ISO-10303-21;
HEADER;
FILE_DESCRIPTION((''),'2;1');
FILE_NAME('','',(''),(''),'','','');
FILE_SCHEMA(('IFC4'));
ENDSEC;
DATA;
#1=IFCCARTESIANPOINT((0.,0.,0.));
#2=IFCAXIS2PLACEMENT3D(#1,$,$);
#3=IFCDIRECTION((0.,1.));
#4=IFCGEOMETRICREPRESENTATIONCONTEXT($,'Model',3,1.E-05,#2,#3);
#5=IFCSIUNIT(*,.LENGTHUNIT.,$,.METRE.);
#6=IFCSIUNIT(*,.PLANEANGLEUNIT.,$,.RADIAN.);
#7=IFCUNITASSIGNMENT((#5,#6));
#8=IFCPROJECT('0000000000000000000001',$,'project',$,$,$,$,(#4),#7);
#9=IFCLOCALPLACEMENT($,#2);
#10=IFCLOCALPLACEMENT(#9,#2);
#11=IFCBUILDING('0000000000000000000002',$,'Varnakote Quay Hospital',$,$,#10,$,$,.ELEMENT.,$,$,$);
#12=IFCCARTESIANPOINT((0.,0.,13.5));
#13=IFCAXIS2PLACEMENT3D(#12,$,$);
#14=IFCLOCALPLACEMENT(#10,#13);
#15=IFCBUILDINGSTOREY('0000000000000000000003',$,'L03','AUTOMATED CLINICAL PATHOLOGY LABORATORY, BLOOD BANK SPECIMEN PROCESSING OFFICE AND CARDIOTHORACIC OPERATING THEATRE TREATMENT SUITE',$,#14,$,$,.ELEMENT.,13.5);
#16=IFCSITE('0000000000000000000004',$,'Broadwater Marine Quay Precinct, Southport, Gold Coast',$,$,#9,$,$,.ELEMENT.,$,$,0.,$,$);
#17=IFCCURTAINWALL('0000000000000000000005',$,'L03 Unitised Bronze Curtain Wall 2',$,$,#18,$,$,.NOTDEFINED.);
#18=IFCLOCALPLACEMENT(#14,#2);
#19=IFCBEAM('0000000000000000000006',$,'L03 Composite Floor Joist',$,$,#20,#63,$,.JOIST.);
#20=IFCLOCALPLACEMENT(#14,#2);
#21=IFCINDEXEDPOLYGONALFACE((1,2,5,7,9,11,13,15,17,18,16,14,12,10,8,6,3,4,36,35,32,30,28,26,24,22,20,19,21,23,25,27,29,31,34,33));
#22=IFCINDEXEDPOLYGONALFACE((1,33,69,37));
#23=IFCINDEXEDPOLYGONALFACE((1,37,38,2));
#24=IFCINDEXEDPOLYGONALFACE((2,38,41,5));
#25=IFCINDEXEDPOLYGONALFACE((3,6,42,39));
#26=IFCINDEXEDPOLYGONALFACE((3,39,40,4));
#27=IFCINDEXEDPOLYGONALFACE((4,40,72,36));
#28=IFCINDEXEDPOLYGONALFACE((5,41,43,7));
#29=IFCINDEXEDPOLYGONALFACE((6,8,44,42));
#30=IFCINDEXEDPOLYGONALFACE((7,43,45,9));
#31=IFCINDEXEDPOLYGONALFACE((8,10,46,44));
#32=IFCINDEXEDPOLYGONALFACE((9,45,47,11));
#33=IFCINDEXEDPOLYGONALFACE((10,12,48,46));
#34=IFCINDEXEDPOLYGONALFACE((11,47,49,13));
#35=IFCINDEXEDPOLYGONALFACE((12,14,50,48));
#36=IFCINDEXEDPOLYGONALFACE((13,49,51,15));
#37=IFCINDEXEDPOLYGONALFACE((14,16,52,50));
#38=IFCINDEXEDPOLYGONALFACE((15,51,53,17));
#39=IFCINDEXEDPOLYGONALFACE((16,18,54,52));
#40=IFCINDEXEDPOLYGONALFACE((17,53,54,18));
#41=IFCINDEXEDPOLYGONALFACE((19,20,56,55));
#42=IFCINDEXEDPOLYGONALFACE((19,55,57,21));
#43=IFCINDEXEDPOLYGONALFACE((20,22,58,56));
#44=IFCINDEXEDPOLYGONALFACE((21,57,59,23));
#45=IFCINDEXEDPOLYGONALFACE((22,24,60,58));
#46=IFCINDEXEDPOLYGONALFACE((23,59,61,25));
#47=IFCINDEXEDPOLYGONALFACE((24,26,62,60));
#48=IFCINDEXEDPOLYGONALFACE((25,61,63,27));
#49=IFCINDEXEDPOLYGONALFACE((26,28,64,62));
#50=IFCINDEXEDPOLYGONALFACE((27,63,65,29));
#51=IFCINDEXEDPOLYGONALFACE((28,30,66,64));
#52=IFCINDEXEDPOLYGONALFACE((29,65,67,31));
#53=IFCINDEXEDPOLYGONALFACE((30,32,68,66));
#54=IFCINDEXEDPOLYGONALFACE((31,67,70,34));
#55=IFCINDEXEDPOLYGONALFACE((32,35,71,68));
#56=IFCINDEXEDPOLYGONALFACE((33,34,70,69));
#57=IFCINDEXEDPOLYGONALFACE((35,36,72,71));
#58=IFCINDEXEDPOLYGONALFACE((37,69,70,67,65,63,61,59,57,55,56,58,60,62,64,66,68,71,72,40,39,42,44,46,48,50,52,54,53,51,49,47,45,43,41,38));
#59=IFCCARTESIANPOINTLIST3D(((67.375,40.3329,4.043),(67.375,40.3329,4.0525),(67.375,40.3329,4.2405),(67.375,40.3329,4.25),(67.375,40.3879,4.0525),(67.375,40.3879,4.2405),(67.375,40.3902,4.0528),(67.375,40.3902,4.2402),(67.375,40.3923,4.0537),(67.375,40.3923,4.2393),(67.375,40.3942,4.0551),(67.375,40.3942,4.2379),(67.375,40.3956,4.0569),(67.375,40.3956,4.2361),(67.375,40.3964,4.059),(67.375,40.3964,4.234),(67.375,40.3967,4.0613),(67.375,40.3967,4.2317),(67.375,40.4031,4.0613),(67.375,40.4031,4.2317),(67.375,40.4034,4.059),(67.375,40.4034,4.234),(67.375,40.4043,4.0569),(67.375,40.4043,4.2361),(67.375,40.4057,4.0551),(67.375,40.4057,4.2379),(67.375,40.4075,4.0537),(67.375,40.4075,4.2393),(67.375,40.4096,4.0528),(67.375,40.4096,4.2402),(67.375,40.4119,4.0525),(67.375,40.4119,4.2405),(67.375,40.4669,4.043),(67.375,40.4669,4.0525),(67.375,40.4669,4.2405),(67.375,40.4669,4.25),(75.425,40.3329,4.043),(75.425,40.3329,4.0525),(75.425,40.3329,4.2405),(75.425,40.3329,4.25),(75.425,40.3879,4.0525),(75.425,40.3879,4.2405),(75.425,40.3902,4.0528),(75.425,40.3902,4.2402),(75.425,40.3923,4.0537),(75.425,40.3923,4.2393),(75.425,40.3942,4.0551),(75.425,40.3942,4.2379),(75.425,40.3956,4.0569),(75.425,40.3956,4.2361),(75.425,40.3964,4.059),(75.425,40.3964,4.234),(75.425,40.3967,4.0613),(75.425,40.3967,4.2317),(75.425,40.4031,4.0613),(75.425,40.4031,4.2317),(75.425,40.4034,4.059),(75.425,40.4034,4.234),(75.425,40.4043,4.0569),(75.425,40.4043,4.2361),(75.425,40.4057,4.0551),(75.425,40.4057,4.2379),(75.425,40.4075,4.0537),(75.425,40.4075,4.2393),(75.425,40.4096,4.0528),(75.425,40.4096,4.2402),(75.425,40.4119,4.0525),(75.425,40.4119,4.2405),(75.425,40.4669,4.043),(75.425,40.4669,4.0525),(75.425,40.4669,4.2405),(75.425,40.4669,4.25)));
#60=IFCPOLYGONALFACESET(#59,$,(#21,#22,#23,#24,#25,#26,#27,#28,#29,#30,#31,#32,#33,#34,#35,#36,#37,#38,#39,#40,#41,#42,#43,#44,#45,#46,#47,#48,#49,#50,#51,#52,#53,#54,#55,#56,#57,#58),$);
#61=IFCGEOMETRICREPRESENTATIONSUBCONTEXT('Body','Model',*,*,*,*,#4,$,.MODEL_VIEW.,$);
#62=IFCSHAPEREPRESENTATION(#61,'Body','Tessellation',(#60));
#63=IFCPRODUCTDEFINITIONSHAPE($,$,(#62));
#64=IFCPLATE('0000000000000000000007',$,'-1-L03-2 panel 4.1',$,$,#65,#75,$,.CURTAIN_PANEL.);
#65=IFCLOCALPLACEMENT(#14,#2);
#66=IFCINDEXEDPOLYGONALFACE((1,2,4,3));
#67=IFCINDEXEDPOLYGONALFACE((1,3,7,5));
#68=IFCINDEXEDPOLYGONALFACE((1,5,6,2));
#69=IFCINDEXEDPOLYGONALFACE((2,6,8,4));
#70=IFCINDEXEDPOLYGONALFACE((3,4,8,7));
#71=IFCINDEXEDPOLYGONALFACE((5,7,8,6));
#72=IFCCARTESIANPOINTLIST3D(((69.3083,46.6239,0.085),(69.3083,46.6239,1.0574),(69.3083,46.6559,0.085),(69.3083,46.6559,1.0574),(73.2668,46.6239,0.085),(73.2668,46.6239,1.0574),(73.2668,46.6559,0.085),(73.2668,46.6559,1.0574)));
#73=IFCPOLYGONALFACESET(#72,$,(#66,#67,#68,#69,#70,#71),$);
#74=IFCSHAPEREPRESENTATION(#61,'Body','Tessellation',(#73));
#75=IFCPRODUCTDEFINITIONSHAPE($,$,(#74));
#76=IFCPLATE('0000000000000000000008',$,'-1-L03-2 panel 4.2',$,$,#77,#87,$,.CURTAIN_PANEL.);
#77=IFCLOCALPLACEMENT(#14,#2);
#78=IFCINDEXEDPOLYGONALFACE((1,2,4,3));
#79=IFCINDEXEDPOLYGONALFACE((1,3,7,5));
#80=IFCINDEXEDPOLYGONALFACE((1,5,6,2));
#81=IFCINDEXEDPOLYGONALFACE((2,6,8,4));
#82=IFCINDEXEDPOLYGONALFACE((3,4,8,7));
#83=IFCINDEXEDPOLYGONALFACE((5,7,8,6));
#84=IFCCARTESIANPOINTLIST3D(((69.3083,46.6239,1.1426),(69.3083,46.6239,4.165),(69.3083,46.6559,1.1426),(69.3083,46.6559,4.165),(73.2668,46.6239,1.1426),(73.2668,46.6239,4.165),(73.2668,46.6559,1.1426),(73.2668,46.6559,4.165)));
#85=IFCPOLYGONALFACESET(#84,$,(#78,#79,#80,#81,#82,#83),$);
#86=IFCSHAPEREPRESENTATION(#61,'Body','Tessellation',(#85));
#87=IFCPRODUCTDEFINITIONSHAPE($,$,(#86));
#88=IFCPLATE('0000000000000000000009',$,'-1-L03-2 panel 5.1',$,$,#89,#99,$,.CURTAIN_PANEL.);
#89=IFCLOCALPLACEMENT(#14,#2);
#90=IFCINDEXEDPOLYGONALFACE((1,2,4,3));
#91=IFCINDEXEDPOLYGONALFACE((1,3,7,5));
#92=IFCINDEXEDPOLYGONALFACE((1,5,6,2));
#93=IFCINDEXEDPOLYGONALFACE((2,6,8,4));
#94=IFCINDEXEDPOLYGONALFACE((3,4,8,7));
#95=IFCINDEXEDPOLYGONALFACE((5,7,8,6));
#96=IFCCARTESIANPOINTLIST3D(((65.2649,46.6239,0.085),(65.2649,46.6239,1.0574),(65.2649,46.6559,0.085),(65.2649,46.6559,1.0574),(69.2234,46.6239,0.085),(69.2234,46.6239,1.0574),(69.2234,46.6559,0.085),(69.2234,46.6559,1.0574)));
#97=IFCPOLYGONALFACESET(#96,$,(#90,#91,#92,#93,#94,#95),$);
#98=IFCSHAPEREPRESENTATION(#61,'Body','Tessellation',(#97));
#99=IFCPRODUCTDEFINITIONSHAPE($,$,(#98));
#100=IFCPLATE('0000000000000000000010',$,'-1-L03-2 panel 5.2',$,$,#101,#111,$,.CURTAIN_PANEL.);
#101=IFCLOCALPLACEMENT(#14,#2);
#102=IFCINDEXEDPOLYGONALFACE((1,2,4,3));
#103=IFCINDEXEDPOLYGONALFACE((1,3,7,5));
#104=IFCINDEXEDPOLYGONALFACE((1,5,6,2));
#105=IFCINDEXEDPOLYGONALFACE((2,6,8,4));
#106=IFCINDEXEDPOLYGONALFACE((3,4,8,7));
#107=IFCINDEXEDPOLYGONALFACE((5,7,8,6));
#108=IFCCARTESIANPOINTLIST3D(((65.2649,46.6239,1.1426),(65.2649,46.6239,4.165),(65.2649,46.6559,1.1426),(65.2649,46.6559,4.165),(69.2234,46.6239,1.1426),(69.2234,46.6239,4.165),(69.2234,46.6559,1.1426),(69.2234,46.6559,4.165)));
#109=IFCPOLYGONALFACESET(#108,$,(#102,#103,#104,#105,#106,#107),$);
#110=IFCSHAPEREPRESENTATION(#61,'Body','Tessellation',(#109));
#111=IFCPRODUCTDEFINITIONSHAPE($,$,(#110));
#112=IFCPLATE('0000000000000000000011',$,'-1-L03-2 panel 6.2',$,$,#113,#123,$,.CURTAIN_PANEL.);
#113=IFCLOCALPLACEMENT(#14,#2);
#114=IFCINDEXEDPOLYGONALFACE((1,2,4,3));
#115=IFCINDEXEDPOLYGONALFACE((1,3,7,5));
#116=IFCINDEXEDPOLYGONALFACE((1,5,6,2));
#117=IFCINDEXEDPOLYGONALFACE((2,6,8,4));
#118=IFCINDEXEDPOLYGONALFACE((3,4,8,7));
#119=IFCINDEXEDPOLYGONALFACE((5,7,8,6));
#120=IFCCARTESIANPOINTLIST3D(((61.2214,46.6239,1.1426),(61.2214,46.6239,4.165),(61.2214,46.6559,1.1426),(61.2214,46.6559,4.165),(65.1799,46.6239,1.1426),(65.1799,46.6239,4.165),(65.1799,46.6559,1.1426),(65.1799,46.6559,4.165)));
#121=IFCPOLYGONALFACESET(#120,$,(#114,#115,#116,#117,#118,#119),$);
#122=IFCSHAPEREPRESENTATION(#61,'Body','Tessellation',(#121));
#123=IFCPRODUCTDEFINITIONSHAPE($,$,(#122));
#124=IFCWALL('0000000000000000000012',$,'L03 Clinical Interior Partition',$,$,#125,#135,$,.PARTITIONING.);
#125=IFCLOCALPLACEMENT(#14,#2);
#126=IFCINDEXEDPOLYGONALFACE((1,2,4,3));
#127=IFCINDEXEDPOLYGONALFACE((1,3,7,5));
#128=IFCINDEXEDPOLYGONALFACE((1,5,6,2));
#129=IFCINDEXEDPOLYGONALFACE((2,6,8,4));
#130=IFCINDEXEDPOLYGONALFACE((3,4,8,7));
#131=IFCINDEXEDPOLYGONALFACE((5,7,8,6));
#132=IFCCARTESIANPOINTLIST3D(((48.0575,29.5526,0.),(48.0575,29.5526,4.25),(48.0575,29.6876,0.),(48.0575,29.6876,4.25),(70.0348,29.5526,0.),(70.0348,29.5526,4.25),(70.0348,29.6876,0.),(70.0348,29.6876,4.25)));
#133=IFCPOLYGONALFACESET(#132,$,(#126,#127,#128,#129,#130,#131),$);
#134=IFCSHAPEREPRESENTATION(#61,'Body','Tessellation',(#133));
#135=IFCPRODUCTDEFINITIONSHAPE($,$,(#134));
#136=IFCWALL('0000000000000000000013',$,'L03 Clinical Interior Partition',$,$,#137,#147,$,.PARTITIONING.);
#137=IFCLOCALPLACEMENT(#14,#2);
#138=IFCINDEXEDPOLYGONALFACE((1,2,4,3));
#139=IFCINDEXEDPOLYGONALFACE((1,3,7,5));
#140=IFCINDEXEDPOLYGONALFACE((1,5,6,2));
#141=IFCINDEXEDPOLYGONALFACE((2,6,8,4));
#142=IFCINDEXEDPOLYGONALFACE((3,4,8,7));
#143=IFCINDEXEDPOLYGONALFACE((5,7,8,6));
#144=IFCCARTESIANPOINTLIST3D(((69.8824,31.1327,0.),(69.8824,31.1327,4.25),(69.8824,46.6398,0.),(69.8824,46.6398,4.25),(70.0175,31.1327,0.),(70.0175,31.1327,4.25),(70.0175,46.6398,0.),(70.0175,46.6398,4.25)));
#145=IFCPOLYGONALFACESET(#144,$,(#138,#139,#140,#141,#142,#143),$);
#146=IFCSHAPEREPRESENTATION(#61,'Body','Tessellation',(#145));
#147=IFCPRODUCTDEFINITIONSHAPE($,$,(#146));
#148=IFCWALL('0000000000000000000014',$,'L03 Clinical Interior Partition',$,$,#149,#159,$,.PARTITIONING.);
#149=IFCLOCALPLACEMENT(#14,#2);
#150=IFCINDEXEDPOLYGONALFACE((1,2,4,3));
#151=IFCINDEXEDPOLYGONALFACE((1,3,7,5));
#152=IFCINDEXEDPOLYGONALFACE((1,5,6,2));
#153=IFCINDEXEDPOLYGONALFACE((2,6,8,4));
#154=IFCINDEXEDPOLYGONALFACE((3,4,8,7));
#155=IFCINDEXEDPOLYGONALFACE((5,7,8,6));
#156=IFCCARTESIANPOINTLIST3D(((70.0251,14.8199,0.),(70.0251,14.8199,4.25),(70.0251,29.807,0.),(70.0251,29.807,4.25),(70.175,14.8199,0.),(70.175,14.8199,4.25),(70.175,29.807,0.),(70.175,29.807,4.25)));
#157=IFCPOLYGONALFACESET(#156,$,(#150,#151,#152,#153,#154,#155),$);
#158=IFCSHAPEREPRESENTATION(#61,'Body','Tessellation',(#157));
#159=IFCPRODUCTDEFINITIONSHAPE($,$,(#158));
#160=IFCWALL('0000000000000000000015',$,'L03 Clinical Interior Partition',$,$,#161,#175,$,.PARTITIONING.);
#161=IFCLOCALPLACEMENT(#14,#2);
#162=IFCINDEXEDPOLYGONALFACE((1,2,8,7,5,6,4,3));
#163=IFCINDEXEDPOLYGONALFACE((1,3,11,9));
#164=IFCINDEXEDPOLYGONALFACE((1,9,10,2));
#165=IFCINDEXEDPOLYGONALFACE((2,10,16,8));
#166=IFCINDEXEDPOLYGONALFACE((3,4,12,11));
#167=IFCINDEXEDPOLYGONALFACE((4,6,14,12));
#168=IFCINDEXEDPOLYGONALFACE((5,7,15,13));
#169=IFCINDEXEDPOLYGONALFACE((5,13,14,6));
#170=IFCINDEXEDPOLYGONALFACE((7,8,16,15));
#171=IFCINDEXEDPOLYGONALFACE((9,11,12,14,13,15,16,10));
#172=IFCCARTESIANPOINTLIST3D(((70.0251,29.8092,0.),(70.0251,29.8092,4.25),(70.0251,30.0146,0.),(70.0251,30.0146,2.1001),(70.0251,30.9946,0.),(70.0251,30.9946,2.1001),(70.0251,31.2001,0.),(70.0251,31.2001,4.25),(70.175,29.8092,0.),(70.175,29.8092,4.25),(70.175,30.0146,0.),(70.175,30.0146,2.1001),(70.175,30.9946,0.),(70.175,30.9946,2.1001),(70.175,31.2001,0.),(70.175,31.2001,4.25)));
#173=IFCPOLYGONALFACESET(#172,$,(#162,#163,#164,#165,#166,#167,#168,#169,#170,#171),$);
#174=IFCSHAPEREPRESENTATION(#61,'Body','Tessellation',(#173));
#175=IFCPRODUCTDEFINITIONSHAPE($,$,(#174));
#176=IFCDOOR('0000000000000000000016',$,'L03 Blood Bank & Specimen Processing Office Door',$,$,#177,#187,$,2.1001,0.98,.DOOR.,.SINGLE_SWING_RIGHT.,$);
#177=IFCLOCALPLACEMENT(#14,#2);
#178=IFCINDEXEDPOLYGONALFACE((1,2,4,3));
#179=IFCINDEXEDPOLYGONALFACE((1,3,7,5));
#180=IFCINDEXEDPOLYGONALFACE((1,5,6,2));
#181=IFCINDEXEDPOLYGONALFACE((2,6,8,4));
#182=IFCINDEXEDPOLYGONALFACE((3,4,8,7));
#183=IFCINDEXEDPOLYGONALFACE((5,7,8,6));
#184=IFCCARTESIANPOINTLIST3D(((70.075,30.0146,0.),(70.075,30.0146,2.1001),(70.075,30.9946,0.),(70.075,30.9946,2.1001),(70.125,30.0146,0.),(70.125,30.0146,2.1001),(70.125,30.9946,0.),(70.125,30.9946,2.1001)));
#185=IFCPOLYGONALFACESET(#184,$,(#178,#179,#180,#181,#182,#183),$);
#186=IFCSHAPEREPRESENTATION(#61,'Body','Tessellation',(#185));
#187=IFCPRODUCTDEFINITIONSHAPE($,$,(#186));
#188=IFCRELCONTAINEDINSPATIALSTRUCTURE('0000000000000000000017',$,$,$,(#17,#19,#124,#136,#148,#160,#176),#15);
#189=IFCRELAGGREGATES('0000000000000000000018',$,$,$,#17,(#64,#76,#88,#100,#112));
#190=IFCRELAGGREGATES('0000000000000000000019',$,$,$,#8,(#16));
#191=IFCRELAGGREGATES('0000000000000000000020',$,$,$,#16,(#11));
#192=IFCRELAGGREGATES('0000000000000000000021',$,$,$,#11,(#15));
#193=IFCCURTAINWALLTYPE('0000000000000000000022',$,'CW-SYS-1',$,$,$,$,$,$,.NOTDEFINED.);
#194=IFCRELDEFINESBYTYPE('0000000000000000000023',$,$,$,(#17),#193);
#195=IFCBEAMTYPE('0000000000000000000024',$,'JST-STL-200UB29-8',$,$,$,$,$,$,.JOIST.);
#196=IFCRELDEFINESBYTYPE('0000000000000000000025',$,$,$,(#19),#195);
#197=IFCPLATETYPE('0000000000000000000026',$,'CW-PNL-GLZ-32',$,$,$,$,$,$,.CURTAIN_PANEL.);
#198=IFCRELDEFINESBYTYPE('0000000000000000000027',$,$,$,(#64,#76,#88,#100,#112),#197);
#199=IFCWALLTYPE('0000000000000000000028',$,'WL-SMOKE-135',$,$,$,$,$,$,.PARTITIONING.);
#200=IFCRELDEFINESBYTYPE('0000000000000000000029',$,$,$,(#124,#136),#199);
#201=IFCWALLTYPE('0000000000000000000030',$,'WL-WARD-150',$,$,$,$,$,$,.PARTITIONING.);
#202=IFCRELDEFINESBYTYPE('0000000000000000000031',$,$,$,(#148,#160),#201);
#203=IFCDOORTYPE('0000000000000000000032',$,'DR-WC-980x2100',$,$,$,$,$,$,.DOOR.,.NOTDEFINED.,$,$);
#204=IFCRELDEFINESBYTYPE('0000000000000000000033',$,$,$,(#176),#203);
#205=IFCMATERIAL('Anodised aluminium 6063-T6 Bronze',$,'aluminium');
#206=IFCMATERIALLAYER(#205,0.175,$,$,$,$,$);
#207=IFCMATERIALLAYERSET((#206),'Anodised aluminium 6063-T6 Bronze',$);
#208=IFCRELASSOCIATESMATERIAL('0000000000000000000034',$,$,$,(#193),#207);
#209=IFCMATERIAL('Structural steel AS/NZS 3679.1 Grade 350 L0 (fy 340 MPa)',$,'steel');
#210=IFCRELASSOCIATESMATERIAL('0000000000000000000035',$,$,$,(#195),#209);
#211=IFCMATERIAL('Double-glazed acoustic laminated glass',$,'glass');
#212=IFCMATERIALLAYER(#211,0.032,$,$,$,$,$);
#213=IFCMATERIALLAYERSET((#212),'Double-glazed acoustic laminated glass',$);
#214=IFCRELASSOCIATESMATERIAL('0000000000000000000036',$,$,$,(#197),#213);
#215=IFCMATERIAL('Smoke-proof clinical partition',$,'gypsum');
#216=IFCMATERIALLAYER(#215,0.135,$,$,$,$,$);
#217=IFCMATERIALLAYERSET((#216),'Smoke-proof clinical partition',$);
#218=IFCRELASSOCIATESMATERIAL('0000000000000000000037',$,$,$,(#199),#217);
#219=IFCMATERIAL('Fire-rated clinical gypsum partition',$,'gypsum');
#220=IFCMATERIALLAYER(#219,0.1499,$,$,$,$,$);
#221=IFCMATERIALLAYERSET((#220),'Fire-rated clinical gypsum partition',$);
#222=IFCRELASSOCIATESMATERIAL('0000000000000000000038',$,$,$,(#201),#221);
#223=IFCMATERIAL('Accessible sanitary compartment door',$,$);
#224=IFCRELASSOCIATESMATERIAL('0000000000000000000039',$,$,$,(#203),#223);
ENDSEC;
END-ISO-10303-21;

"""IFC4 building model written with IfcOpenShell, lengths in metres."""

from ifc_helpers import new_model, si_unit, direction, frame, frame_2d, origin, origin_2d, place, context, subcontext, project, spatial, rectangle, i_section, extrude, material, layer, layer_set, material_profile, profile_set, type_object, element, fill, aggregate, save


model = new_model("IFC4")

# Units and contexts
model_context = context("Model", 3, precision=1e-05, world=origin(), true_north=direction((0.0, 1.0)))
body_context = subcontext(model_context, "Body", "Model", "MODEL_VIEW")
ifc_project = project(units=[si_unit("LENGTHUNIT", "METRE"), si_unit("PLANEANGLEUNIT", "RADIAN")], contexts=[model_context])

# Site, building, storey
site_placement = place(None, origin())
site = spatial("IfcSite", under=ifc_project, at=site_placement, Name="Broadwater Marine Quay Precinct, Southport, Gold Coast", CompositionType="ELEMENT", RefElevation=0.0)
building_placement = place(site_placement, origin())
building = spatial("IfcBuilding", under=site, at=building_placement, Name="Varnakote Quay Hospital", CompositionType="ELEMENT")
storey_placement = place(building_placement, frame((0.0, 0.0, 13.5)))
storey = spatial("IfcBuildingStorey", under=building, at=storey_placement, Name="L03", Description="AUTOMATED CLINICAL PATHOLOGY LABORATORY, BLOOD BANK SPECIMEN PROCESSING OFFICE AND CARDIOTHORACIC OPERATING THEATRE TREATMENT SUITE", CompositionType="ELEMENT", Elevation=13.5)

# Curtain wall
ifc_material_1 = material(Name="Anodised aluminium 6063-T6 Bronze", Category="aluminium")
ifc_layer_1 = layer(ifc_material_1, 0.175)
ifc_layer_set_1 = layer_set([ifc_layer_1], Name="Anodised aluminium 6063-T6 Bronze")
curtain_wall_type = type_object("IfcCurtainWallType", Name="CW-SYS-1", PredefinedType="NOTDEFINED", material=ifc_layer_set_1)
curtain_wall_placement = place(storey_placement, origin())
curtain_wall = element("IfcCurtainWall", 1, at=curtain_wall_placement, inside=storey, type_object=curtain_wall_type, Name="L03 Unitised Bronze Curtain Wall 2", PredefinedType="NOTDEFINED")

# Beam
ifc_material_2 = material(Name="Structural steel AS/NZS 3679.1 Grade 350 L0 (fy 340 MPa)", Category="steel")
ifc_material_profile_1 = material_profile(ifc_material_2, i_section(OverallWidth=0.134, OverallDepth=0.207, WebThickness=0.0063, FlangeThickness=0.0095, FilletRadius=0.0088, at=origin_2d()), Name="200UB29.8")
ifc_profile_set_1 = profile_set([ifc_material_profile_1], Name="Structural steel AS/NZS 3679.1 Grade 350 L0 (fy 340 MPa)")
beam_type_1 = type_object("IfcBeamType", Name="JST-STL-200UB29-8", PredefinedType="JOIST", material=ifc_profile_set_1)
for number, where, z_axis, x_axis, name in (
    (2, (67.375, 40.3999, 4.1465), (1.0, 0.0, 0.0), (0.0, 1.0, 0.0), "L03 Composite Floor Joist"),
):
    element("IfcBeam", number, at=place(storey_placement, frame(where, z_axis=z_axis, x_axis=x_axis)), inside=storey, type_object=beam_type_1, Name=name, PredefinedType="JOIST", context=body_context, shape_type="SweptSolid", body=[
        extrude(i_section(OverallWidth=0.134, OverallDepth=0.207, WebThickness=0.0063, FlangeThickness=0.0095, FilletRadius=0.0088, at=origin_2d()), origin(), (0.0, 0.0, 1.0), 8.05),
    ])

# Plates
ifc_material_3 = material(Name="Double-glazed acoustic laminated glass", Category="glass")
ifc_layer_2 = layer(ifc_material_3, 0.032)
ifc_layer_set_2 = layer_set([ifc_layer_2], Name="Double-glazed acoustic laminated glass")
plate_type = type_object("IfcPlateType", Name="CW-PNL-GLZ-32", PredefinedType="CURTAIN_PANEL", material=ifc_layer_set_2)
plate_1_placement = place(storey_placement, frame((71.2876, 46.6399, 0.085), z_axis=(0.0, 0.0, 1.0), x_axis=(-1.0, 0.0, 0.0)))
plate_1 = element("IfcPlate", 3, at=plate_1_placement, type_object=plate_type, Name="-1-L03-2 panel 4.1", PredefinedType="CURTAIN_PANEL", context=body_context, shape_type="SweptSolid", body=[
    extrude(rectangle(XDim=3.9585, YDim=0.032, at=origin_2d()), origin(), (0.0, 0.0, 1.0), 0.9724),
])
plate_2_placement = place(storey_placement, frame((71.2876, 46.6399, 1.1426), z_axis=(0.0, 0.0, 1.0), x_axis=(-1.0, 0.0, 0.0)))
plate_2 = element("IfcPlate", 4, at=plate_2_placement, type_object=plate_type, Name="-1-L03-2 panel 4.2", PredefinedType="CURTAIN_PANEL", context=body_context, shape_type="SweptSolid", body=[
    extrude(rectangle(XDim=3.9585, YDim=0.032, at=origin_2d()), origin(), (0.0, 0.0, 1.0), 3.0225),
])
plate_3_placement = place(storey_placement, frame((67.2441, 46.6399, 0.085), z_axis=(0.0, 0.0, 1.0), x_axis=(-1.0, 0.0, 0.0)))
plate_3 = element("IfcPlate", 5, at=plate_3_placement, type_object=plate_type, Name="-1-L03-2 panel 5.1", PredefinedType="CURTAIN_PANEL", context=body_context, shape_type="SweptSolid", body=[
    extrude(rectangle(XDim=3.9585, YDim=0.032, at=origin_2d()), origin(), (0.0, 0.0, 1.0), 0.9724),
])
plate_4_placement = place(storey_placement, frame((67.2441, 46.6399, 1.1426), z_axis=(0.0, 0.0, 1.0), x_axis=(-1.0, 0.0, 0.0)))
plate_4 = element("IfcPlate", 6, at=plate_4_placement, type_object=plate_type, Name="-1-L03-2 panel 5.2", PredefinedType="CURTAIN_PANEL", context=body_context, shape_type="SweptSolid", body=[
    extrude(rectangle(XDim=3.9585, YDim=0.032, at=origin_2d()), origin(), (0.0, 0.0, 1.0), 3.0225),
])
plate_5_placement = place(storey_placement, frame((63.2007, 46.6399, 1.1426), z_axis=(0.0, 0.0, 1.0), x_axis=(-1.0, 0.0, 0.0)))
plate_5 = element("IfcPlate", 7, at=plate_5_placement, type_object=plate_type, Name="-1-L03-2 panel 6.2", PredefinedType="CURTAIN_PANEL", context=body_context, shape_type="SweptSolid", body=[
    extrude(rectangle(XDim=3.9585, YDim=0.032, at=origin_2d()), origin(), (0.0, 0.0, 1.0), 3.0225),
])
aggregate(curtain_wall, [plate_1, plate_2, plate_3, plate_4, plate_5])

# Walls
ifc_material_4 = material(Name="Smoke-proof clinical partition", Category="gypsum")
ifc_layer_3 = layer(ifc_material_4, 0.135)
ifc_layer_set_3 = layer_set([ifc_layer_3], Name="Smoke-proof clinical partition")
wall_type_1 = type_object("IfcWallType", Name="WL-SMOKE-135", PredefinedType="PARTITIONING", material=ifc_layer_set_3)
wall_1_placement = place(storey_placement, frame((70.0349, 29.6201, 0.0), z_axis=(0.0, 0.0, 1.0), x_axis=(-1.0, 0.0, 0.0)))
element("IfcWall", 8, at=wall_1_placement, inside=storey, type_object=wall_type_1, Name="L03 Clinical Interior Partition", PredefinedType="PARTITIONING", context=body_context, shape_type="SweptSolid", body=[
    extrude(rectangle(XDim=21.9773, YDim=0.135, at=frame_2d((10.9888, 0.0))), origin(), (0.0, 0.0, 1.0), 4.25),
])
wall_2_placement = place(storey_placement, frame((69.95, 31.1328, 0.0), z_axis=(0.0, 0.0, 1.0), x_axis=(0.0, 1.0, 0.0)))
element("IfcWall", 9, at=wall_2_placement, inside=storey, type_object=wall_type_1, Name="L03 Clinical Interior Partition", PredefinedType="PARTITIONING", context=body_context, shape_type="SweptSolid", body=[
    extrude(rectangle(XDim=15.5071, YDim=0.135, at=frame_2d((7.7534, 0.0))), origin(), (0.0, 0.0, 1.0), 4.25),
])
ifc_material_5 = material(Name="Fire-rated clinical gypsum partition", Category="gypsum")
ifc_layer_4 = layer(ifc_material_5, 0.1499)
ifc_layer_set_4 = layer_set([ifc_layer_4], Name="Fire-rated clinical gypsum partition")
wall_type_2 = type_object("IfcWallType", Name="WL-WARD-150", PredefinedType="PARTITIONING", material=ifc_layer_set_4)
wall_3_placement = place(storey_placement, frame((70.1001, 29.8071, 0.0), z_axis=(0.0, 0.0, 1.0), x_axis=(0.0, -1.0, 0.0)))
element("IfcWall", 10, at=wall_3_placement, inside=storey, type_object=wall_type_2, Name="L03 Clinical Interior Partition", PredefinedType="PARTITIONING", context=body_context, shape_type="SweptSolid", body=[
    extrude(rectangle(XDim=14.9871, YDim=0.1499, at=frame_2d((7.4937, 0.0))), origin(), (0.0, 0.0, 1.0), 4.25),
])

# Wall, opening, door
wall_4_placement = place(storey_placement, frame((70.1001, 31.2, 0.0), z_axis=(0.0, 0.0, 1.0), x_axis=(0.0, -1.0, 0.0)))
wall_4 = element("IfcWall", 11, at=wall_4_placement, inside=storey, type_object=wall_type_2, Name="L03 Clinical Interior Partition", PredefinedType="PARTITIONING", context=body_context, shape_type="SweptSolid", body=[
    extrude(rectangle(XDim=1.3909, YDim=0.1499, at=frame_2d((0.6953, 0.0))), origin(), (0.0, 0.0, 1.0), 4.25),
])
opening_1_placement = place(wall_4_placement, frame((0.2053, 0.0, 0.0)))
opening_1 = element("IfcOpeningElement", 12, at=opening_1_placement, cuts=wall_4, PredefinedType="OPENING", context=body_context, shape_type="SweptSolid", body=[
    extrude(rectangle(XDim=0.98, YDim=2.1001, at=frame_2d((0.49, 1.05))), frame((0.0, 0.085, 0.0), z_axis=(0.0, -1.0, 0.0), x_axis=(1.0, 0.0, 0.0)), (0.0, 0.0, 1.0), 0.1699),
])
ifc_material_6 = material(Name="Accessible sanitary compartment door")
door_type_1 = type_object("IfcDoorType", Name="DR-WC-980x2100", OperationType="NOTDEFINED", PredefinedType="DOOR", material=ifc_material_6)
door_1_placement = place(opening_1_placement, origin())
door_1 = element("IfcDoor", 13, at=door_1_placement, inside=storey, type_object=door_type_1, Name="L03 Blood Bank & Specimen Processing Office Door", OperationType="SINGLE_SWING_RIGHT", OverallHeight=2.1001, OverallWidth=0.98, PredefinedType="DOOR", context=body_context, shape_type="SweptSolid", body=[
    extrude(rectangle(XDim=0.98, YDim=2.1001, at=frame_2d((0.49, 1.05))), frame((0.0, 0.0249, 0.0), z_axis=(0.0, -1.0, 0.0), x_axis=(1.0, 0.0, 0.0)), (0.0, 0.0, 1.0), 0.05),
])
fill(opening_1, door_1)

save(model, "model.ifc")
